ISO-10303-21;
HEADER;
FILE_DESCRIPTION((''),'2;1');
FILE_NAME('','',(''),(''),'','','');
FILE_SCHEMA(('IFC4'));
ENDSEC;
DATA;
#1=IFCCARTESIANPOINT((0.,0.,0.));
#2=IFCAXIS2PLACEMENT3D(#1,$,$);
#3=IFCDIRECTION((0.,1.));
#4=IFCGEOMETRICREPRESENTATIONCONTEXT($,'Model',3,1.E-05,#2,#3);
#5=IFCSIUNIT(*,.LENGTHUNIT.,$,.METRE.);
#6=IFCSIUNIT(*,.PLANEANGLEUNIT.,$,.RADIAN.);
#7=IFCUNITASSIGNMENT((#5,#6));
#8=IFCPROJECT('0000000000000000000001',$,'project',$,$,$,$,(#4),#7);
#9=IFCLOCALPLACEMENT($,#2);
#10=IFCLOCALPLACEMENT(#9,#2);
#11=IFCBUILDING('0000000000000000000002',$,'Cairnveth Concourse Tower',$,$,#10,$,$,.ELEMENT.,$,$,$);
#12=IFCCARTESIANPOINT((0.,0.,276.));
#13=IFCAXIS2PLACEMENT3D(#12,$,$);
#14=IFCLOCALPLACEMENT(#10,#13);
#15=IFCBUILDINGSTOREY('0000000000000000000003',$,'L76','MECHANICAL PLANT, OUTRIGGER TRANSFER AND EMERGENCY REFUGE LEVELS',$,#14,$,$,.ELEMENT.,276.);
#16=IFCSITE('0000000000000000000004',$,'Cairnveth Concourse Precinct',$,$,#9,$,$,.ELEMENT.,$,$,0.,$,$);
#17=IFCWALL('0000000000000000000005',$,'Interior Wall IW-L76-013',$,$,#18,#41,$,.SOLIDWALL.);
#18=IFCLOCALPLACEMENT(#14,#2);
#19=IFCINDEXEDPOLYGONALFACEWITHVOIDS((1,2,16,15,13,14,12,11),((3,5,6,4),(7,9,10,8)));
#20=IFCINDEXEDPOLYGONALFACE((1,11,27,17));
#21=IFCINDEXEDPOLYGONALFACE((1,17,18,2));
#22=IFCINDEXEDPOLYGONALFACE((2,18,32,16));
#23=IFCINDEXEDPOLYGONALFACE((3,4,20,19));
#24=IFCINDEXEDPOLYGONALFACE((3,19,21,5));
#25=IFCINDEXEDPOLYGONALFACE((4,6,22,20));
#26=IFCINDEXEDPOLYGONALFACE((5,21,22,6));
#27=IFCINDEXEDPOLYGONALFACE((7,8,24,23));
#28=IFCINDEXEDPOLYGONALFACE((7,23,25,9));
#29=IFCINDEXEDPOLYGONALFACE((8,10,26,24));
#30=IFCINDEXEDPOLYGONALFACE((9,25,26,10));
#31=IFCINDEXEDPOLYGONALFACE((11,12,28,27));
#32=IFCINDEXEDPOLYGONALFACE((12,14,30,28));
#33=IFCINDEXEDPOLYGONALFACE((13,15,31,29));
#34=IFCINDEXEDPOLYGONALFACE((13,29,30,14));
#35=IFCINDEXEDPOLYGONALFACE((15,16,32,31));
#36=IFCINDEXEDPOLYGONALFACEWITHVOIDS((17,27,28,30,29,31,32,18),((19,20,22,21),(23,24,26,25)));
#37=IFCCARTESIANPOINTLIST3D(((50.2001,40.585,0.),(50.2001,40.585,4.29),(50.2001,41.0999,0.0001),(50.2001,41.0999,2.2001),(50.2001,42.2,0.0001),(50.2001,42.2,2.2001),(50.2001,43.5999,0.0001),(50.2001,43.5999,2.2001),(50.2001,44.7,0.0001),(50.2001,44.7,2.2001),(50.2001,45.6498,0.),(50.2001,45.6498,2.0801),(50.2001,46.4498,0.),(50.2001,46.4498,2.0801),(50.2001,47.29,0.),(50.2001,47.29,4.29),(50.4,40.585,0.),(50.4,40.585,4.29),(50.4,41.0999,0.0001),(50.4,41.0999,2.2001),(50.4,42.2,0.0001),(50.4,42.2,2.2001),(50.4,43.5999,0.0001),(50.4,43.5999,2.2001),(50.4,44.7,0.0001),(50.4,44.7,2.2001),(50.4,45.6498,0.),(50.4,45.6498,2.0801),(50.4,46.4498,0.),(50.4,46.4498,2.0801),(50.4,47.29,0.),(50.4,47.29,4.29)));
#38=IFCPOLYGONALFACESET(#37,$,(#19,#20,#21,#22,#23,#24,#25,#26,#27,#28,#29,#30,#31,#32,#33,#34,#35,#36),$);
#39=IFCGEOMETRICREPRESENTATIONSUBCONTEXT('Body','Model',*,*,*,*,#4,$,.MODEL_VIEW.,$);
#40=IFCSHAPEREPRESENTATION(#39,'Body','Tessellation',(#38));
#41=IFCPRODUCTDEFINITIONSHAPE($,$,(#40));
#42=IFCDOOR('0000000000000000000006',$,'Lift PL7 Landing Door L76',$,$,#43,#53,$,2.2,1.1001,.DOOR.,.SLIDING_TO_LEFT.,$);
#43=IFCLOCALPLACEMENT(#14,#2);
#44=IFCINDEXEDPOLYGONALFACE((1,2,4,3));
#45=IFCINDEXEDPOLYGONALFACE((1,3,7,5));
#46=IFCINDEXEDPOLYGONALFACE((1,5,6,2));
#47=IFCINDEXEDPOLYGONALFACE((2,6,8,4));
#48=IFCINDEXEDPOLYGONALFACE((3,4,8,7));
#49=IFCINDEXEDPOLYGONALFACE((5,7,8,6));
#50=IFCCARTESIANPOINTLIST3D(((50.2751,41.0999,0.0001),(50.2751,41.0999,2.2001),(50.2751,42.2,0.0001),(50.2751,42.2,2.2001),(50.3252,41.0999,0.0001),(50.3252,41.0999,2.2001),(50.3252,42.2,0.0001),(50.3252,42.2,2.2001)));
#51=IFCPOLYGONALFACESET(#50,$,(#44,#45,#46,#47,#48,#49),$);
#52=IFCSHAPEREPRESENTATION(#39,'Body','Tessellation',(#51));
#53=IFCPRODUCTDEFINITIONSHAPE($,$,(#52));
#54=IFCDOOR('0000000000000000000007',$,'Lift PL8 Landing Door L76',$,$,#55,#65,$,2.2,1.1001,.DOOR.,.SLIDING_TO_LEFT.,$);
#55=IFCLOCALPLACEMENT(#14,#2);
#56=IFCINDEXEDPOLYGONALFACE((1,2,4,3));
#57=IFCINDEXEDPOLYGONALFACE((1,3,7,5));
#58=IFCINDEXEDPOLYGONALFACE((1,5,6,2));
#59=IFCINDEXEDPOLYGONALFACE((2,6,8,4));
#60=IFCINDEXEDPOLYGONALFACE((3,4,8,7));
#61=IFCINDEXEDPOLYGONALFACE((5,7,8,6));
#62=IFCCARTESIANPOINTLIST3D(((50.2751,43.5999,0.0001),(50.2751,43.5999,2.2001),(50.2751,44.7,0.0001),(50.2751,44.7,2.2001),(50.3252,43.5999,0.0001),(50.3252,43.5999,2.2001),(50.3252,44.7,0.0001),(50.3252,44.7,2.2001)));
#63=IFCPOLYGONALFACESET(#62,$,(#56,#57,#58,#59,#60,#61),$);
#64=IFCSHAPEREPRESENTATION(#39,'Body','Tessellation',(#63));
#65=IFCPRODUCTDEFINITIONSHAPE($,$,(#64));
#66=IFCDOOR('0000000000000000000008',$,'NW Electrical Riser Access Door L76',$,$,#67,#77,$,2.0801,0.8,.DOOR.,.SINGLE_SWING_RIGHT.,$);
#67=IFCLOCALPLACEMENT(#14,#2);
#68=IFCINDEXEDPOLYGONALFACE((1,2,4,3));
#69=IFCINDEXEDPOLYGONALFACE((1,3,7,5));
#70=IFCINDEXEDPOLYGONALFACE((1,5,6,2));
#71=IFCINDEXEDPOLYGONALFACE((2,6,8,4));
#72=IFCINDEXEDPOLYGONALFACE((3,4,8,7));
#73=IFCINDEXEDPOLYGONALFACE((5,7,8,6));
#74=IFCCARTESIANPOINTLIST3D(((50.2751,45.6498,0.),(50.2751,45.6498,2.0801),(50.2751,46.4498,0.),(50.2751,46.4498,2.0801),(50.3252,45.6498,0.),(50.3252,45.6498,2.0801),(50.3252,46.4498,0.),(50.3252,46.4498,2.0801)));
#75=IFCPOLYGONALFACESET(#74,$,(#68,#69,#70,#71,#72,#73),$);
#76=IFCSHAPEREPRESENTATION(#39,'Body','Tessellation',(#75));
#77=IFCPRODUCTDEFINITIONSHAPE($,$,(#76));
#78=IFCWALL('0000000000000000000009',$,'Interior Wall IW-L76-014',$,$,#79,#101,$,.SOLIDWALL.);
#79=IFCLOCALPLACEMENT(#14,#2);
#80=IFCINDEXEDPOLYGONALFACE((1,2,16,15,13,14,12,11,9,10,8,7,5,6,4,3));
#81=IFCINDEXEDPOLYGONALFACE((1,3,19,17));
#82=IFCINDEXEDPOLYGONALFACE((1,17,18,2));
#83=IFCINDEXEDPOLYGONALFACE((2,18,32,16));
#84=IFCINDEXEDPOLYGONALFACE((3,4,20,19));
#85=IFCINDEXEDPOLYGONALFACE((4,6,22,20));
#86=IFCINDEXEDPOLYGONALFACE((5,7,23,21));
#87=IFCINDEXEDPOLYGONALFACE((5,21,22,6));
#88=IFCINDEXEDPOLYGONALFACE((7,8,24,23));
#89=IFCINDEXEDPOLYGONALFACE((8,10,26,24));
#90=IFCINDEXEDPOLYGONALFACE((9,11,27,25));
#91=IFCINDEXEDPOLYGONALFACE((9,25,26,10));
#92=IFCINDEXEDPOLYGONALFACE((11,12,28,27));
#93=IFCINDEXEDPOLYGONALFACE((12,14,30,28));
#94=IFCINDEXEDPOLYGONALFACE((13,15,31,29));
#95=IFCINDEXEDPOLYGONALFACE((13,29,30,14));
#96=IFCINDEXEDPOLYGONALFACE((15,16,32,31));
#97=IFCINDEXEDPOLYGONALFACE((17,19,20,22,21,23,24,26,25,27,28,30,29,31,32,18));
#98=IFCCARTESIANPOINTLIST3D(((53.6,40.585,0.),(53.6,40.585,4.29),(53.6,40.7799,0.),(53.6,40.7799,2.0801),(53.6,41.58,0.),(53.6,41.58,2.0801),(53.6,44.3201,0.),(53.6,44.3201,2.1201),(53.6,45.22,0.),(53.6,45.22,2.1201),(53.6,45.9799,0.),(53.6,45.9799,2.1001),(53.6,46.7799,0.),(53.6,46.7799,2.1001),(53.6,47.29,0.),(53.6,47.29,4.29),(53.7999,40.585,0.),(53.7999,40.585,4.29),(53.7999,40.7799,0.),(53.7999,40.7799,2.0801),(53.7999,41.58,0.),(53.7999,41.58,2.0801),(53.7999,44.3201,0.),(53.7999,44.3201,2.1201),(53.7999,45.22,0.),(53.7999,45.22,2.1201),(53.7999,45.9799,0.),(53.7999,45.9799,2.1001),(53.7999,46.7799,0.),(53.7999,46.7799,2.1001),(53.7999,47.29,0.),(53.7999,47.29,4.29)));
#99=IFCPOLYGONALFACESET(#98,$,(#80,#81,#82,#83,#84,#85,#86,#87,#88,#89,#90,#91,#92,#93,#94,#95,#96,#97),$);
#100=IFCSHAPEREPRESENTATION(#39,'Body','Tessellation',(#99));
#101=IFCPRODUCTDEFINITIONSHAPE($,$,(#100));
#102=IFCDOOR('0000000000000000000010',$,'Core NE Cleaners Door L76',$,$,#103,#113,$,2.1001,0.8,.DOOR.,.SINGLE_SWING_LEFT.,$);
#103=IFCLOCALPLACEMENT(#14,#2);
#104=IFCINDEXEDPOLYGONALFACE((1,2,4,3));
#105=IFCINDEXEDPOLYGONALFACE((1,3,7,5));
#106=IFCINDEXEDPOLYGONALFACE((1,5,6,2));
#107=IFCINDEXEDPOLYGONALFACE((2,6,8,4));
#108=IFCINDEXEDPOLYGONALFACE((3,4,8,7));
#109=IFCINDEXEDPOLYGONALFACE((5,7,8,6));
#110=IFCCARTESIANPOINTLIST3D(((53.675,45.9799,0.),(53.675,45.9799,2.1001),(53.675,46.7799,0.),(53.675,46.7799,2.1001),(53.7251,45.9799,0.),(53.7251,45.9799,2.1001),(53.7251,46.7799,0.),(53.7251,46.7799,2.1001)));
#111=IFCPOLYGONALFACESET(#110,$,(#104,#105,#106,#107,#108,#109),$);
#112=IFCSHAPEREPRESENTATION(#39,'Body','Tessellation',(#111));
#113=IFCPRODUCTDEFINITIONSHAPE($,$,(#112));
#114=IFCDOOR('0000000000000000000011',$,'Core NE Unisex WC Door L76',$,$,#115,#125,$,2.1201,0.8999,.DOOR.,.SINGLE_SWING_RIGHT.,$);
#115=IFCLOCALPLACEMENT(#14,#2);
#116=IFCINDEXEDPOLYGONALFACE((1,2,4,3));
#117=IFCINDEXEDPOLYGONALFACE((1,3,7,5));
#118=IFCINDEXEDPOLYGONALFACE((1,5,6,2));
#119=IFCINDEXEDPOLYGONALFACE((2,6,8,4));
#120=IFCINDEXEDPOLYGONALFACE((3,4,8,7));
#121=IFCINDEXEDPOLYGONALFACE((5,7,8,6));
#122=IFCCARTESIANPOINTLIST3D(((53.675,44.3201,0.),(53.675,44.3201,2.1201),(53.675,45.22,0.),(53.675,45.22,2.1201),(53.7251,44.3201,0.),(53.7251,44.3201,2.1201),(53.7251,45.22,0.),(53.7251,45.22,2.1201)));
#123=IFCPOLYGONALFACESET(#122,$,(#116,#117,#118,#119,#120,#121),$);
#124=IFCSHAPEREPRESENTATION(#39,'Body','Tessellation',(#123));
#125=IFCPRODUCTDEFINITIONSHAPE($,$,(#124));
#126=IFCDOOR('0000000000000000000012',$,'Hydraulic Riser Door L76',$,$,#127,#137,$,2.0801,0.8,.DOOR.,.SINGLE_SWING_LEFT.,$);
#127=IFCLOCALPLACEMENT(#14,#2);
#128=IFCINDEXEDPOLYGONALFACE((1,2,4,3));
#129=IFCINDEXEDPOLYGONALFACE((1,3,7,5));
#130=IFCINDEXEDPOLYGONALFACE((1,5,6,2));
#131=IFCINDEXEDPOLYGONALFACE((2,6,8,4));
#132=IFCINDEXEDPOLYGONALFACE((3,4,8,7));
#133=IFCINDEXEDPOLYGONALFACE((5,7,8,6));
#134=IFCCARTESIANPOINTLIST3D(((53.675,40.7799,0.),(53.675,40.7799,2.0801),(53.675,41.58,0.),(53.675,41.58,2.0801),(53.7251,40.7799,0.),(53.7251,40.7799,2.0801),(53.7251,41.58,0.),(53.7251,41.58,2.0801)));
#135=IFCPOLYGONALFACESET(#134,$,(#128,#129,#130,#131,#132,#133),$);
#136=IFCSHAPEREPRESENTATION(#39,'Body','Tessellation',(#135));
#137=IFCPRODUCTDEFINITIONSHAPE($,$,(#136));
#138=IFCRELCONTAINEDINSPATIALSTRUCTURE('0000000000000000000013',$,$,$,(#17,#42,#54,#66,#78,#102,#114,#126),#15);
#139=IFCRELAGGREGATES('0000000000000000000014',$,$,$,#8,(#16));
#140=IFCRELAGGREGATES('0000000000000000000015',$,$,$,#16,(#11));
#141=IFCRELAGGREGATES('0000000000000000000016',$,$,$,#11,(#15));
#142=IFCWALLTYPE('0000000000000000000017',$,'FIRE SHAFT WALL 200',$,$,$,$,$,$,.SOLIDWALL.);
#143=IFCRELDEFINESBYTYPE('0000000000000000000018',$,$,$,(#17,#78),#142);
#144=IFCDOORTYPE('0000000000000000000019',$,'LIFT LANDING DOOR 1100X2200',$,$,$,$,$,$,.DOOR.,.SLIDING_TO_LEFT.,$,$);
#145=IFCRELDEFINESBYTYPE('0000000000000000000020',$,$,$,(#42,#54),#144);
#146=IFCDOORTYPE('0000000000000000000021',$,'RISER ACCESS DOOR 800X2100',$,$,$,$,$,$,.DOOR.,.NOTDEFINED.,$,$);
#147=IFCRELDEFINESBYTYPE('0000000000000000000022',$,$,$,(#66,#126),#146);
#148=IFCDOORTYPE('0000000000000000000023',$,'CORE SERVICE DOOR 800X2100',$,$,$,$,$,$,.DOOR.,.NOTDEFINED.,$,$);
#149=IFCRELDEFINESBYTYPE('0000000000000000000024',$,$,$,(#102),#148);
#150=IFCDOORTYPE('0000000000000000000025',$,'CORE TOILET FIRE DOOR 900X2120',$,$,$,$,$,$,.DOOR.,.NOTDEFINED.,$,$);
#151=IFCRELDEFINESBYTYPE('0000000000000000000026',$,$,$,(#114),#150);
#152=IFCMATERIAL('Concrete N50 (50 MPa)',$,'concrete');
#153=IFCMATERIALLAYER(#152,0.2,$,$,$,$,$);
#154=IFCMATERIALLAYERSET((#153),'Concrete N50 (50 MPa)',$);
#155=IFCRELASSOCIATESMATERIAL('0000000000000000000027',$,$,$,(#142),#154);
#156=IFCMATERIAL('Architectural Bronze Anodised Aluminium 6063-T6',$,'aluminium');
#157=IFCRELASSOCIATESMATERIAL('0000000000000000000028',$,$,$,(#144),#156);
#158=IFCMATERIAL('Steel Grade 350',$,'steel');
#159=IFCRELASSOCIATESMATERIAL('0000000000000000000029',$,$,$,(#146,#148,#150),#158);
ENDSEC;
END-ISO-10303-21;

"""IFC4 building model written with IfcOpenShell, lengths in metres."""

from ifc_helpers import new_model, si_unit, direction, frame, frame_2d, origin, place, context, subcontext, project, spatial, rectangle, extrude, material, layer, layer_set, type_object, element, fill, save


model = new_model("IFC4")

# Units and contexts
model_context = context("Model", 3, precision=1e-05, world=origin(), true_north=direction((0.0, 1.0)))
body_context = subcontext(model_context, "Body", "Model", "MODEL_VIEW")
ifc_project = project(units=[si_unit("LENGTHUNIT", "METRE"), si_unit("PLANEANGLEUNIT", "RADIAN")], contexts=[model_context])

# Site, building, storey
site_placement = place(None, origin())
site = spatial("IfcSite", under=ifc_project, at=site_placement, Name="Cairnveth Concourse Precinct", CompositionType="ELEMENT", RefElevation=0.0)
building_placement = place(site_placement, origin())
building = spatial("IfcBuilding", under=site, at=building_placement, Name="Cairnveth Concourse Tower", CompositionType="ELEMENT")
storey_placement = place(building_placement, frame((0.0, 0.0, 276.0)))
storey = spatial("IfcBuildingStorey", under=building, at=storey_placement, Name="L76", Description="MECHANICAL PLANT, OUTRIGGER TRANSFER AND EMERGENCY REFUGE LEVELS", CompositionType="ELEMENT", Elevation=276.0)

# Shared definitions
ifc_material_1 = material(Name="Steel Grade 350", Category="steel")

# Shared definitions
ifc_material_2 = material(Name="Concrete N50 (50 MPa)", Category="concrete")
ifc_layer_1 = layer(ifc_material_2, 0.2)
ifc_layer_set_1 = layer_set([ifc_layer_1], Name="Concrete N50 (50 MPa)")
wall_type_1 = type_object("IfcWallType", Name="FIRE SHAFT WALL 200", PredefinedType="SOLIDWALL", material=ifc_layer_set_1)

# Walls, openings, doors
wall_1_placement = place(storey_placement, frame((50.3, 40.585, 0.0), z_axis=(0.0, 0.0, 1.0), x_axis=(0.0, 1.0, 0.0)))
wall_1 = element("IfcWall", 1, at=wall_1_placement, inside=storey, type_object=wall_type_1, Name="Interior Wall IW-L76-013", PredefinedType="SOLIDWALL", context=body_context, shape_type="SweptSolid", body=[
    extrude(rectangle(XDim=6.7051, YDim=0.2, at=frame_2d((3.3525, 0.0))), origin(), (0.0, 0.0, 1.0), 4.29),
])
opening_1_placement = place(wall_1_placement, frame((0.5149, 0.0, 0.0)))
opening_1 = element("IfcOpeningElement", 2, at=opening_1_placement, cuts=wall_1, PredefinedType="OPENING", context=body_context, shape_type="SweptSolid", body=[
    extrude(rectangle(XDim=1.1001, YDim=2.2, at=frame_2d((0.55, 1.1001))), frame((0.0, 0.1099, 0.0), z_axis=(0.0, -1.0, 0.0), x_axis=(1.0, 0.0, 0.0)), (0.0, 0.0, 1.0), 0.22),
])
opening_2_placement = place(wall_1_placement, frame((3.0149, 0.0, 0.0)))
opening_2 = element("IfcOpeningElement", 3, at=opening_2_placement, cuts=wall_1, PredefinedType="OPENING", context=body_context, shape_type="SweptSolid", body=[
    extrude(rectangle(XDim=1.1001, YDim=2.2, at=frame_2d((0.55, 1.1001))), frame((0.0, 0.1099, 0.0), z_axis=(0.0, -1.0, 0.0), x_axis=(1.0, 0.0, 0.0)), (0.0, 0.0, 1.0), 0.22),
])
opening_3_placement = place(wall_1_placement, frame((5.0649, 0.0, 0.0)))
opening_3 = element("IfcOpeningElement", 4, at=opening_3_placement, cuts=wall_1, PredefinedType="OPENING", context=body_context, shape_type="SweptSolid", body=[
    extrude(rectangle(XDim=0.8, YDim=2.0801, at=frame_2d((0.3999, 1.04))), frame((0.0, 0.1099, 0.0), z_axis=(0.0, -1.0, 0.0), x_axis=(1.0, 0.0, 0.0)), (0.0, 0.0, 1.0), 0.22),
])
ifc_material_3 = material(Name="Architectural Bronze Anodised Aluminium 6063-T6", Category="aluminium")
door_type_1 = type_object("IfcDoorType", Name="LIFT LANDING DOOR 1100X2200", OperationType="SLIDING_TO_LEFT", PredefinedType="DOOR", material=ifc_material_3)
door_1_placement = place(opening_1_placement, origin())
door_1 = element("IfcDoor", 5, at=door_1_placement, inside=storey, type_object=door_type_1, Name="Lift PL7 Landing Door L76", OperationType="SLIDING_TO_LEFT", OverallHeight=2.2, OverallWidth=1.1001, PredefinedType="DOOR", context=body_context, shape_type="SweptSolid", body=[
    extrude(rectangle(XDim=1.1001, YDim=2.2, at=frame_2d((0.55, 1.1001))), frame((0.0, 0.0249, 0.0), z_axis=(0.0, -1.0, 0.0), x_axis=(1.0, 0.0, 0.0)), (0.0, 0.0, 1.0), 0.05),
])
fill(opening_1, door_1)
door_2_placement = place(opening_2_placement, origin())
door_2 = element("IfcDoor", 6, at=door_2_placement, inside=storey, type_object=door_type_1, Name="Lift PL8 Landing Door L76", OperationType="SLIDING_TO_LEFT", OverallHeight=2.2, OverallWidth=1.1001, PredefinedType="DOOR", context=body_context, shape_type="SweptSolid", body=[
    extrude(rectangle(XDim=1.1001, YDim=2.2, at=frame_2d((0.55, 1.1001))), frame((0.0, 0.0249, 0.0), z_axis=(0.0, -1.0, 0.0), x_axis=(1.0, 0.0, 0.0)), (0.0, 0.0, 1.0), 0.05),
])
fill(opening_2, door_2)
door_type_2 = type_object("IfcDoorType", Name="RISER ACCESS DOOR 800X2100", OperationType="NOTDEFINED", PredefinedType="DOOR", material=ifc_material_1)
door_3_placement = place(opening_3_placement, origin())
door_3 = element("IfcDoor", 7, at=door_3_placement, inside=storey, type_object=door_type_2, Name="NW Electrical Riser Access Door L76", OperationType="SINGLE_SWING_RIGHT", OverallHeight=2.0801, OverallWidth=0.8, PredefinedType="DOOR", context=body_context, shape_type="SweptSolid", body=[
    extrude(rectangle(XDim=0.8, YDim=2.0801, at=frame_2d((0.3999, 1.04))), frame((0.0, 0.0249, 0.0), z_axis=(0.0, -1.0, 0.0), x_axis=(1.0, 0.0, 0.0)), (0.0, 0.0, 1.0), 0.05),
])
fill(opening_3, door_3)
wall_2_placement = place(storey_placement, frame((53.7, 40.585, 0.0), z_axis=(0.0, 0.0, 1.0), x_axis=(0.0, 1.0, 0.0)))
wall_2 = element("IfcWall", 8, at=wall_2_placement, inside=storey, type_object=wall_type_1, Name="Interior Wall IW-L76-014", PredefinedType="SOLIDWALL", context=body_context, shape_type="SweptSolid", body=[
    extrude(rectangle(XDim=6.7051, YDim=0.2, at=frame_2d((3.3525, 0.0))), origin(), (0.0, 0.0, 1.0), 4.29),
])
opening_4_placement = place(wall_2_placement, frame((0.1951, 0.0, 0.0)))
opening_4 = element("IfcOpeningElement", 9, at=opening_4_placement, cuts=wall_2, PredefinedType="OPENING", context=body_context, shape_type="SweptSolid", body=[
    extrude(rectangle(XDim=0.8, YDim=2.0801, at=frame_2d((0.3999, 1.04))), frame((0.0, 0.1099, 0.0), z_axis=(0.0, -1.0, 0.0), x_axis=(1.0, 0.0, 0.0)), (0.0, 0.0, 1.0), 0.22),
])
opening_5_placement = place(wall_2_placement, frame((3.7351, 0.0, 0.0)))
opening_5 = element("IfcOpeningElement", 10, at=opening_5_placement, cuts=wall_2, PredefinedType="OPENING", context=body_context, shape_type="SweptSolid", body=[
    extrude(rectangle(XDim=0.8999, YDim=2.1201, at=frame_2d((0.45, 1.0601))), frame((0.0, 0.1099, 0.0), z_axis=(0.0, -1.0, 0.0), x_axis=(1.0, 0.0, 0.0)), (0.0, 0.0, 1.0), 0.22),
])
opening_6_placement = place(wall_2_placement, frame((5.395, 0.0, 0.0)))
opening_6 = element("IfcOpeningElement", 11, at=opening_6_placement, cuts=wall_2, PredefinedType="OPENING", context=body_context, shape_type="SweptSolid", body=[
    extrude(rectangle(XDim=0.8, YDim=2.1001, at=frame_2d((0.3999, 1.05))), frame((0.0, 0.1099, 0.0), z_axis=(0.0, -1.0, 0.0), x_axis=(1.0, 0.0, 0.0)), (0.0, 0.0, 1.0), 0.22),
])
door_type_3 = type_object("IfcDoorType", Name="CORE SERVICE DOOR 800X2100", OperationType="NOTDEFINED", PredefinedType="DOOR", material=ifc_material_1)
door_4_placement = place(opening_6_placement, origin())
door_4 = element("IfcDoor", 12, at=door_4_placement, inside=storey, type_object=door_type_3, Name="Core NE Cleaners Door L76", OperationType="SINGLE_SWING_LEFT", OverallHeight=2.1001, OverallWidth=0.8, PredefinedType="DOOR", context=body_context, shape_type="SweptSolid", body=[
    extrude(rectangle(XDim=0.8, YDim=2.1001, at=frame_2d((0.3999, 1.05))), frame((0.0, 0.0249, 0.0), z_axis=(0.0, -1.0, 0.0), x_axis=(1.0, 0.0, 0.0)), (0.0, 0.0, 1.0), 0.05),
])
fill(opening_6, door_4)
door_type_4 = type_object("IfcDoorType", Name="CORE TOILET FIRE DOOR 900X2120", OperationType="NOTDEFINED", PredefinedType="DOOR", material=ifc_material_1)
door_5_placement = place(opening_5_placement, origin())
door_5 = element("IfcDoor", 13, at=door_5_placement, inside=storey, type_object=door_type_4, Name="Core NE Unisex WC Door L76", OperationType="SINGLE_SWING_RIGHT", OverallHeight=2.1201, OverallWidth=0.8999, PredefinedType="DOOR", context=body_context, shape_type="SweptSolid", body=[
    extrude(rectangle(XDim=0.8999, YDim=2.1201, at=frame_2d((0.45, 1.0601))), frame((0.0, 0.0249, 0.0), z_axis=(0.0, -1.0, 0.0), x_axis=(1.0, 0.0, 0.0)), (0.0, 0.0, 1.0), 0.05),
])
fill(opening_5, door_5)
door_6_placement = place(opening_4_placement, origin())
door_6 = element("IfcDoor", 14, at=door_6_placement, inside=storey, type_object=door_type_2, Name="Hydraulic Riser Door L76", OperationType="SINGLE_SWING_LEFT", OverallHeight=2.0801, OverallWidth=0.8, PredefinedType="DOOR", context=body_context, shape_type="SweptSolid", body=[
    extrude(rectangle(XDim=0.8, YDim=2.0801, at=frame_2d((0.3999, 1.04))), frame((0.0, 0.0249, 0.0), z_axis=(0.0, -1.0, 0.0), x_axis=(1.0, 0.0, 0.0)), (0.0, 0.0, 1.0), 0.05),
])
fill(opening_4, door_6)

save(model, "model.ifc")
